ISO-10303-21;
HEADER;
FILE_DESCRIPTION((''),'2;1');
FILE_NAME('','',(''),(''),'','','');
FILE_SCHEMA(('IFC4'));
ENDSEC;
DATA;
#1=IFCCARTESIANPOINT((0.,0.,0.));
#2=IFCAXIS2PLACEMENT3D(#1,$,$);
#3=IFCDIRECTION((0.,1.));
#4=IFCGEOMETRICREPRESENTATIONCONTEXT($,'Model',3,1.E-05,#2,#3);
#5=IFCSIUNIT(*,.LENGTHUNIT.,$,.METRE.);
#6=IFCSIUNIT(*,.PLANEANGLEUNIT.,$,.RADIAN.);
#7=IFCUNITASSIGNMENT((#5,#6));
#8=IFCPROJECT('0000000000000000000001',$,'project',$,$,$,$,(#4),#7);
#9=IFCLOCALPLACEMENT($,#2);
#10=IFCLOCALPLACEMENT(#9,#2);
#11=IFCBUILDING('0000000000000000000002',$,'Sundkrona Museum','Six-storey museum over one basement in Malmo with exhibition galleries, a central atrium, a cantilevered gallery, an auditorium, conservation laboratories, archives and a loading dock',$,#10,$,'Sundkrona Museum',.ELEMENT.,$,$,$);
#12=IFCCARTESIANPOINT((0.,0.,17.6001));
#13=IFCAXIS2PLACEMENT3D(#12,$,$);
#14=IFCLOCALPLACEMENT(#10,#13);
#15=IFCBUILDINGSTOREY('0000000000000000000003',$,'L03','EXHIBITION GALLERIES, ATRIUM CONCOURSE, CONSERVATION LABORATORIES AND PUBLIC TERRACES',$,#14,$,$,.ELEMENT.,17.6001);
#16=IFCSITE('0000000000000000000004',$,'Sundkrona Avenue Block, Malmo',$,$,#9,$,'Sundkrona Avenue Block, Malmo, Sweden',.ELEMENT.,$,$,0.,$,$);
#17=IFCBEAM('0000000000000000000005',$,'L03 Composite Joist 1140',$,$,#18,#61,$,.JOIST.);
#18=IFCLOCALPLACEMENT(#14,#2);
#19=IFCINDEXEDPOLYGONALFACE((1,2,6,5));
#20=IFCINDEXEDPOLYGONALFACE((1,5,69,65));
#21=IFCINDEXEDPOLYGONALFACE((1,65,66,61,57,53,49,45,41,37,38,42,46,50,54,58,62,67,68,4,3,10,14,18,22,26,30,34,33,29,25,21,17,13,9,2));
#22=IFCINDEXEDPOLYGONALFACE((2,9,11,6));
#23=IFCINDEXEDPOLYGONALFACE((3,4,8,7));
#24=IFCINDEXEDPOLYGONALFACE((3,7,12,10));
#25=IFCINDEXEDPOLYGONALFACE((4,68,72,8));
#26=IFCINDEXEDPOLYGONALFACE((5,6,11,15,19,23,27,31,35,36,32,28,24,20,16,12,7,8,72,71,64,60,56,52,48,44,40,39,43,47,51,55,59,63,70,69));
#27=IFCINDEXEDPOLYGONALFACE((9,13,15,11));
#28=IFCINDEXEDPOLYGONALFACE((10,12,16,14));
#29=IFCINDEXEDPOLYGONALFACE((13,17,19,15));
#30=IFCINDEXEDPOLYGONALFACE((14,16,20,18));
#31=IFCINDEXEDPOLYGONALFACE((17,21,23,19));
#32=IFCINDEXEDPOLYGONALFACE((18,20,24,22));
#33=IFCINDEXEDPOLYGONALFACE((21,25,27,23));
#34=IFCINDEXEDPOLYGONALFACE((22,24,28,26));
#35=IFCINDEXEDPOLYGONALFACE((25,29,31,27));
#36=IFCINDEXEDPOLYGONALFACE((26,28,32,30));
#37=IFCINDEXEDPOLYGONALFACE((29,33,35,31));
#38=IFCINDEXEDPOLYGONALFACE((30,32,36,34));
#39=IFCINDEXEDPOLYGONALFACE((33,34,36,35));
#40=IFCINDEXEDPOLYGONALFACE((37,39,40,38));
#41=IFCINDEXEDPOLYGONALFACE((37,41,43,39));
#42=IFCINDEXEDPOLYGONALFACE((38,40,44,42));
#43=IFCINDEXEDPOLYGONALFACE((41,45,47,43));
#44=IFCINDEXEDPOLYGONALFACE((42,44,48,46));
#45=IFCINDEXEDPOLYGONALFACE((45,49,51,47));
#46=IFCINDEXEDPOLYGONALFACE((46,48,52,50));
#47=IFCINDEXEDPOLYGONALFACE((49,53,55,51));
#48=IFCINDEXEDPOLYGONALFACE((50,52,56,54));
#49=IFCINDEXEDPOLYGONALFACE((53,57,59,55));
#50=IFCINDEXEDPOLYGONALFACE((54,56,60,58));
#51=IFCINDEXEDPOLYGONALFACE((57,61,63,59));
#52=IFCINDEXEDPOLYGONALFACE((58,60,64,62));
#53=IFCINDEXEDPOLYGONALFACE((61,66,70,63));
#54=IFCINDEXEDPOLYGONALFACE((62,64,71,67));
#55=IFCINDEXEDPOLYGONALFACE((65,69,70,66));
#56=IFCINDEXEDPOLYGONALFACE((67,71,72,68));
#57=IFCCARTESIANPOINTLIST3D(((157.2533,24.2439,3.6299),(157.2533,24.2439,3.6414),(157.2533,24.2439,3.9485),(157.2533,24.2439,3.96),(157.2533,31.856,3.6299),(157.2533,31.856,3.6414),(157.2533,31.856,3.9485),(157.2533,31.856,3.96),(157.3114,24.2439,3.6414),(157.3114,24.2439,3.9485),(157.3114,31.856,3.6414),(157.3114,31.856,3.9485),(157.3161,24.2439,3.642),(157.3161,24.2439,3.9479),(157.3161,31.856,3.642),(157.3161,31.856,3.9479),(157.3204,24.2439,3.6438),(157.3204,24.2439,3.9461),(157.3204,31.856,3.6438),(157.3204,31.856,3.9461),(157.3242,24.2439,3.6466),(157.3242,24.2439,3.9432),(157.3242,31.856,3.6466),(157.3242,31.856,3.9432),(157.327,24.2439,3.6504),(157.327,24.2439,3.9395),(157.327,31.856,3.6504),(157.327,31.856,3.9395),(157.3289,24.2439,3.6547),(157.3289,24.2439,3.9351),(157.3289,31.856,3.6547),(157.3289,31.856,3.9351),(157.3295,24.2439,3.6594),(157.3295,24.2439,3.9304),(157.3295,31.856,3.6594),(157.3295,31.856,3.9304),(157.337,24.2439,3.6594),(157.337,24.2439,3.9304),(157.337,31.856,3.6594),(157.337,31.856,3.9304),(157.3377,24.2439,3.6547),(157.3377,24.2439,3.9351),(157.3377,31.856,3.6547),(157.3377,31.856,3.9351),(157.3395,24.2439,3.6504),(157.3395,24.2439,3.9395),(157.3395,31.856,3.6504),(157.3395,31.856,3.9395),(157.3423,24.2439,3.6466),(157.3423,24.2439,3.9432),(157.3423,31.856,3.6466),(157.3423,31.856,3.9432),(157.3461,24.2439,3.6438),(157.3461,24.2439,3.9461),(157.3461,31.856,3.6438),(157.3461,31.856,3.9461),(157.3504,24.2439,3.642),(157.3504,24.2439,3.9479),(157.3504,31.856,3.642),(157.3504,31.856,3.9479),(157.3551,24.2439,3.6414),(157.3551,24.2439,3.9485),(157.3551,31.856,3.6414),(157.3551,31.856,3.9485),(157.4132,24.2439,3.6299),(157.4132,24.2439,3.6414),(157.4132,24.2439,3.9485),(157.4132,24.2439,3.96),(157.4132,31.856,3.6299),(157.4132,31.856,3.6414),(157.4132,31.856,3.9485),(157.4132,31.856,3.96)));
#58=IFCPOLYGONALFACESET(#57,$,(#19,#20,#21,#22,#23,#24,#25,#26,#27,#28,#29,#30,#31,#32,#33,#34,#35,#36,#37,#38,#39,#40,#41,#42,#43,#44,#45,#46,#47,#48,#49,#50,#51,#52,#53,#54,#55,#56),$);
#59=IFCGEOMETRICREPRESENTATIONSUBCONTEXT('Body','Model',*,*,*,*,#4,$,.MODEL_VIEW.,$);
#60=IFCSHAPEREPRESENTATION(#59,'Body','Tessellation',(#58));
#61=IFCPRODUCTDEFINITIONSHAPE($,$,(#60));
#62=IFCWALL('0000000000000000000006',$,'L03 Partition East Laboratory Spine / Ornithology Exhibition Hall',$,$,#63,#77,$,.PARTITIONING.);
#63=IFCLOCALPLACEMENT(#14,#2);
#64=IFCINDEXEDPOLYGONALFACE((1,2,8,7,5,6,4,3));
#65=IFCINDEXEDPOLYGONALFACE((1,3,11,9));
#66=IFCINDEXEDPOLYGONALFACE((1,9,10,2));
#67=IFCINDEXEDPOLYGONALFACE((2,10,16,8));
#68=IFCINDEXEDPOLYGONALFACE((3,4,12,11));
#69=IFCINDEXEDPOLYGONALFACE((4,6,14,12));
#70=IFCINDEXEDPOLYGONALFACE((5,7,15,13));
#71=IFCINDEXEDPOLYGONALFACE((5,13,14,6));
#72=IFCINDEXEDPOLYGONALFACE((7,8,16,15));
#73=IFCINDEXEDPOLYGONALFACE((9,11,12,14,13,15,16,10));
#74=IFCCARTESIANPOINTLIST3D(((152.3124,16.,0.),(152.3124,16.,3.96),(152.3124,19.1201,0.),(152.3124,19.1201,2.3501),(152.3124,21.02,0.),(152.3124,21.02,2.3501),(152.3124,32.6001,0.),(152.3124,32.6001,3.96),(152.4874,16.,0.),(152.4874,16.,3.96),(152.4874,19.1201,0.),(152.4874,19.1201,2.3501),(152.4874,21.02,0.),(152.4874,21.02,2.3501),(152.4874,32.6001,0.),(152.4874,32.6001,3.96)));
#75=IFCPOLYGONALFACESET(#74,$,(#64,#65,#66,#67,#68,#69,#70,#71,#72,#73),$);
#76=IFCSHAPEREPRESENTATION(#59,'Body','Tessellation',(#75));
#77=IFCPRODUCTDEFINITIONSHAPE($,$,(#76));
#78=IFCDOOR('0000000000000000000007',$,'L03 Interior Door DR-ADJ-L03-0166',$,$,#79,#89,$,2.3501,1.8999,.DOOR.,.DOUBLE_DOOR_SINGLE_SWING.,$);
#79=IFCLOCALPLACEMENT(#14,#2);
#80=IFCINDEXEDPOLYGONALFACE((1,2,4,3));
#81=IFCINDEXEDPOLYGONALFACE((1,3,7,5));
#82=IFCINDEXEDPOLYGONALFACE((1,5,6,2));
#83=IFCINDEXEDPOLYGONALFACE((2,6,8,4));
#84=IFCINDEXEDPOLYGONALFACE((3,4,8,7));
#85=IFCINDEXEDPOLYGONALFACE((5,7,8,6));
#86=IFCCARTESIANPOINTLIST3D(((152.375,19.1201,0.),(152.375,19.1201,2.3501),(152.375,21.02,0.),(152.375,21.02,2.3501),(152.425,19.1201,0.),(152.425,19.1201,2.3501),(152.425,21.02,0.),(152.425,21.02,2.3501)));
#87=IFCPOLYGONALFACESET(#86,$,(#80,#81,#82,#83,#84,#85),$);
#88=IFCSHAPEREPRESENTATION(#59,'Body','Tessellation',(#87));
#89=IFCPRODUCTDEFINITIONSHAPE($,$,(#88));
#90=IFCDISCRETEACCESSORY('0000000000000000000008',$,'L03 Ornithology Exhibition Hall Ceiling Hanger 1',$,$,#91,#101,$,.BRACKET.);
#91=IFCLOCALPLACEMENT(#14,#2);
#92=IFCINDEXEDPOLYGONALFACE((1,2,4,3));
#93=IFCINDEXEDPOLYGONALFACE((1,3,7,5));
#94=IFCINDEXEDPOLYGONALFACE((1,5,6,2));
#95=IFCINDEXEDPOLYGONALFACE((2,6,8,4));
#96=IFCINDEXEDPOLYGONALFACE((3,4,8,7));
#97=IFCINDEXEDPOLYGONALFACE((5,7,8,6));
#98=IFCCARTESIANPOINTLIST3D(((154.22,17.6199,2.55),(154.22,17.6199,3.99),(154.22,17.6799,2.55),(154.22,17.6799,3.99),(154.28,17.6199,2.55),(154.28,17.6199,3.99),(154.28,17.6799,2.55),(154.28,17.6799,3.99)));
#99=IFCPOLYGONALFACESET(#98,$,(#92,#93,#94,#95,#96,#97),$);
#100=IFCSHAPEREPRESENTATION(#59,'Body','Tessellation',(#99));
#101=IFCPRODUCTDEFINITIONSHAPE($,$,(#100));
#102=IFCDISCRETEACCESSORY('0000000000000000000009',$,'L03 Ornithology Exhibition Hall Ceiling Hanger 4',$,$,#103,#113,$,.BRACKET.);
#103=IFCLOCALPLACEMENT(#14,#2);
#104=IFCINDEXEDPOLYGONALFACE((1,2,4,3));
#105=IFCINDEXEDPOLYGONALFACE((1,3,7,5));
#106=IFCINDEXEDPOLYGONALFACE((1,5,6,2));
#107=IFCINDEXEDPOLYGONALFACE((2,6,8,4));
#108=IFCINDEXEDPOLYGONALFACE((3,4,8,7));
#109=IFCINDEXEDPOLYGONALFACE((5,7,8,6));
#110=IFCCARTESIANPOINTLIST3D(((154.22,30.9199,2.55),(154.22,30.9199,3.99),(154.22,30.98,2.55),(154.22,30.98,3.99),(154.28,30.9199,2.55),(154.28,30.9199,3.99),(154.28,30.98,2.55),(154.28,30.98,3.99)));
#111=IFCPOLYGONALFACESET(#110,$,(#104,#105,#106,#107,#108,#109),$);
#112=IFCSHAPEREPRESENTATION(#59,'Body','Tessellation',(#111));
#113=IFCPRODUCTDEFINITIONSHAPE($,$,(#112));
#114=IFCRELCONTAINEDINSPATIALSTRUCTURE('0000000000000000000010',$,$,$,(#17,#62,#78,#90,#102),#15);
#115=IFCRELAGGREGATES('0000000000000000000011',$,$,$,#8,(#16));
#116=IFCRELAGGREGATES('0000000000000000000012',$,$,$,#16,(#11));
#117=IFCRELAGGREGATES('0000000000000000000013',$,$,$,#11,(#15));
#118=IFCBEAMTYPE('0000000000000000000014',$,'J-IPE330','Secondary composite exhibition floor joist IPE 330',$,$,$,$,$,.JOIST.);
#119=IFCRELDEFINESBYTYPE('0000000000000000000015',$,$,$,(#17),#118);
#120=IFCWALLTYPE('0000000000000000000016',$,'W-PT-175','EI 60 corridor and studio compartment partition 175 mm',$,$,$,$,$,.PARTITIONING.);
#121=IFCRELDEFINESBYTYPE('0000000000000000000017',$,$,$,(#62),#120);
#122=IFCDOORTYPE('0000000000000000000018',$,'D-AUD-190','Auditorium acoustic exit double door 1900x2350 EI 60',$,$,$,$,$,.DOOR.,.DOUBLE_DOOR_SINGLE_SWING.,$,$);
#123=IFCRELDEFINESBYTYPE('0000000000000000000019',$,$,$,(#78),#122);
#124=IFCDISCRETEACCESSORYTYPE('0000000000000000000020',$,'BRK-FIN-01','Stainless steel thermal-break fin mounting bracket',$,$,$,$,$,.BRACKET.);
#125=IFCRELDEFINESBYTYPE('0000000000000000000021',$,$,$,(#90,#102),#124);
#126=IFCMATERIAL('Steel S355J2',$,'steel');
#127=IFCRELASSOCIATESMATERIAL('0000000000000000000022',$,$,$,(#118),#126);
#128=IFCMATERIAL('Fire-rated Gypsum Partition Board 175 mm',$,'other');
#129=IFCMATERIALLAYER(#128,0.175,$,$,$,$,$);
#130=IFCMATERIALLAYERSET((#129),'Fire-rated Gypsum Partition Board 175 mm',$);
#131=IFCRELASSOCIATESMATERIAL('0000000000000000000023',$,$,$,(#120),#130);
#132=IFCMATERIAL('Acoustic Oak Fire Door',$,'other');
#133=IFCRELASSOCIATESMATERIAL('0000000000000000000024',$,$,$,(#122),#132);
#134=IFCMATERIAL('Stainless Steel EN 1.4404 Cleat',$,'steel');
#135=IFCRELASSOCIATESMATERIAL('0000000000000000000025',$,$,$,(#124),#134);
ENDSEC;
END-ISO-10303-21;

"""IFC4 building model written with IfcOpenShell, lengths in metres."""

from ifc_helpers import new_model, si_unit, direction, frame, frame_2d, origin, origin_2d, place, context, subcontext, project, spatial, rectangle, i_section, extrude, material, layer, layer_set, material_profile, profile_set, type_object, element, fill, save


model = new_model("IFC4")

# Units and contexts
model_context = context("Model", 3, precision=1e-05, world=origin(), true_north=direction((0.0, 1.0)))
body_context = subcontext(model_context, "Body", "Model", "MODEL_VIEW")
ifc_project = project(units=[si_unit("LENGTHUNIT", "METRE"), si_unit("PLANEANGLEUNIT", "RADIAN")], contexts=[model_context])

# Site, building, storey
site_placement = place(None, origin())
site = spatial("IfcSite", under=ifc_project, at=site_placement, Name="Sundkrona Avenue Block, Malmo", LongName="Sundkrona Avenue Block, Malmo, Sweden", CompositionType="ELEMENT", RefElevation=0.0)
building_placement = place(site_placement, origin())
building = spatial("IfcBuilding", under=site, at=building_placement, Name="Sundkrona Museum", Description="Six-storey museum over one basement in Malmo with exhibition galleries, a central atrium, a cantilevered gallery, an auditorium, conservation laboratories, archives and a loading dock", LongName="Sundkrona Museum", CompositionType="ELEMENT")
storey_placement = place(building_placement, frame((0.0, 0.0, 17.6001)))
storey = spatial("IfcBuildingStorey", under=building, at=storey_placement, Name="L03", Description="EXHIBITION GALLERIES, ATRIUM CONCOURSE, CONSERVATION LABORATORIES AND PUBLIC TERRACES", CompositionType="ELEMENT", Elevation=17.6001)

# Shared definitions
ifc_material_1 = material(Name="Steel S355J2", Category="steel")

# Beam
ifc_material_profile_1 = material_profile(ifc_material_1, i_section(OverallWidth=0.1599, OverallDepth=0.3301, WebThickness=0.0076, FlangeThickness=0.0115, FilletRadius=0.0181, at=origin_2d()), Name="IPE 330")
ifc_profile_set_1 = profile_set([ifc_material_profile_1], Name="Steel S355J2")
beam_type_1 = type_object("IfcBeamType", Name="J-IPE330", Description="Secondary composite exhibition floor joist IPE 330", PredefinedType="JOIST", material=ifc_profile_set_1)
beam_1_placement = place(storey_placement, frame((157.3333, 24.2439, 3.7949), z_axis=(0.0, 1.0, 0.0), x_axis=(-1.0, 0.0, 0.0)))
element("IfcBeam", 1, at=beam_1_placement, inside=storey, type_object=beam_type_1, Name="L03 Composite Joist 1140", PredefinedType="JOIST", context=body_context, shape_type="SweptSolid", body=[
    extrude(i_section(OverallWidth=0.1599, OverallDepth=0.3301, WebThickness=0.0076, FlangeThickness=0.0115, FilletRadius=0.0181, at=origin_2d()), origin(), (0.0, 0.0, 1.0), 7.6121),
])

# Wall, opening, door
ifc_material_2 = material(Name="Fire-rated Gypsum Partition Board 175 mm", Category="other")
ifc_layer = layer(ifc_material_2, 0.175)
ifc_layer_set = layer_set([ifc_layer], Name="Fire-rated Gypsum Partition Board 175 mm")
wall_type = type_object("IfcWallType", Name="W-PT-175", Description="EI 60 corridor and studio compartment partition 175 mm", PredefinedType="PARTITIONING", material=ifc_layer_set)
wall_placement = place(storey_placement, frame((152.3999, 16.0, 0.0), z_axis=(0.0, 0.0, 1.0), x_axis=(0.0, 1.0, 0.0)))
wall = element("IfcWall", 2, at=wall_placement, inside=storey, type_object=wall_type, Name="L03 Partition East Laboratory Spine / Ornithology Exhibition Hall", PredefinedType="PARTITIONING", context=body_context, shape_type="SweptSolid", body=[
    extrude(rectangle(XDim=16.6001, YDim=0.175, at=frame_2d((8.3, 0.0))), origin(), (0.0, 0.0, 1.0), 3.96),
])
opening_placement = place(wall_placement, frame((3.1201, 0.0, 0.0)))
opening = element("IfcOpeningElement", 3, at=opening_placement, cuts=wall, PredefinedType="OPENING", context=body_context, shape_type="SweptSolid", body=[
    extrude(rectangle(XDim=1.8999, YDim=2.3501, at=frame_2d((0.95, 1.175))), frame((0.0, 0.0974, 0.0), z_axis=(0.0, -1.0, 0.0), x_axis=(1.0, 0.0, 0.0)), (0.0, 0.0, 1.0), 0.1951),
])
ifc_material_3 = material(Name="Acoustic Oak Fire Door", Category="other")
door_type = type_object("IfcDoorType", Name="D-AUD-190", Description="Auditorium acoustic exit double door 1900x2350 EI 60", OperationType="DOUBLE_DOOR_SINGLE_SWING", PredefinedType="DOOR", material=ifc_material_3)
door_placement = place(opening_placement, origin())
door = element("IfcDoor", 4, at=door_placement, inside=storey, type_object=door_type, Name="L03 Interior Door DR-ADJ-L03-0166", OperationType="DOUBLE_DOOR_SINGLE_SWING", OverallHeight=2.3501, OverallWidth=1.8999, PredefinedType="DOOR", context=body_context, shape_type="SweptSolid", body=[
    extrude(rectangle(XDim=1.8999, YDim=2.3501, at=frame_2d((0.95, 1.175))), frame((0.0, 0.0249, 0.0), z_axis=(0.0, -1.0, 0.0), x_axis=(1.0, 0.0, 0.0)), (0.0, 0.0, 1.0), 0.05),
])
fill(opening, door)

# Discrete accessories
ifc_material_4 = material(Name="Stainless Steel EN 1.4404 Cleat", Category="steel")
discrete_accessory_type = type_object("IfcDiscreteAccessoryType", Name="BRK-FIN-01", Description="Stainless steel thermal-break fin mounting bracket", PredefinedType="BRACKET", material=ifc_material_4)
for number, where, z_axis, x_axis, name in (
    (5, (154.25, 17.6499, 2.55), (0.0, 0.0, 1.0), (1.0, 0.0, 0.0), "L03 Ornithology Exhibition Hall Ceiling Hanger 1"),
    (6, (154.25, 30.95, 2.55), (0.0, 0.0, 1.0), (1.0, 0.0, 0.0), "L03 Ornithology Exhibition Hall Ceiling Hanger 4"),
):
    element("IfcDiscreteAccessory", number, at=place(storey_placement, frame(where, z_axis=z_axis, x_axis=x_axis)), inside=storey, type_object=discrete_accessory_type, Name=name, PredefinedType="BRACKET", context=body_context, shape_type="SweptSolid", body=[
        extrude(rectangle(XDim=0.0601, YDim=0.0601, at=origin_2d()), origin(), (0.0, 0.0, 1.0), 1.4399),
    ])

save(model, "model.ifc")
